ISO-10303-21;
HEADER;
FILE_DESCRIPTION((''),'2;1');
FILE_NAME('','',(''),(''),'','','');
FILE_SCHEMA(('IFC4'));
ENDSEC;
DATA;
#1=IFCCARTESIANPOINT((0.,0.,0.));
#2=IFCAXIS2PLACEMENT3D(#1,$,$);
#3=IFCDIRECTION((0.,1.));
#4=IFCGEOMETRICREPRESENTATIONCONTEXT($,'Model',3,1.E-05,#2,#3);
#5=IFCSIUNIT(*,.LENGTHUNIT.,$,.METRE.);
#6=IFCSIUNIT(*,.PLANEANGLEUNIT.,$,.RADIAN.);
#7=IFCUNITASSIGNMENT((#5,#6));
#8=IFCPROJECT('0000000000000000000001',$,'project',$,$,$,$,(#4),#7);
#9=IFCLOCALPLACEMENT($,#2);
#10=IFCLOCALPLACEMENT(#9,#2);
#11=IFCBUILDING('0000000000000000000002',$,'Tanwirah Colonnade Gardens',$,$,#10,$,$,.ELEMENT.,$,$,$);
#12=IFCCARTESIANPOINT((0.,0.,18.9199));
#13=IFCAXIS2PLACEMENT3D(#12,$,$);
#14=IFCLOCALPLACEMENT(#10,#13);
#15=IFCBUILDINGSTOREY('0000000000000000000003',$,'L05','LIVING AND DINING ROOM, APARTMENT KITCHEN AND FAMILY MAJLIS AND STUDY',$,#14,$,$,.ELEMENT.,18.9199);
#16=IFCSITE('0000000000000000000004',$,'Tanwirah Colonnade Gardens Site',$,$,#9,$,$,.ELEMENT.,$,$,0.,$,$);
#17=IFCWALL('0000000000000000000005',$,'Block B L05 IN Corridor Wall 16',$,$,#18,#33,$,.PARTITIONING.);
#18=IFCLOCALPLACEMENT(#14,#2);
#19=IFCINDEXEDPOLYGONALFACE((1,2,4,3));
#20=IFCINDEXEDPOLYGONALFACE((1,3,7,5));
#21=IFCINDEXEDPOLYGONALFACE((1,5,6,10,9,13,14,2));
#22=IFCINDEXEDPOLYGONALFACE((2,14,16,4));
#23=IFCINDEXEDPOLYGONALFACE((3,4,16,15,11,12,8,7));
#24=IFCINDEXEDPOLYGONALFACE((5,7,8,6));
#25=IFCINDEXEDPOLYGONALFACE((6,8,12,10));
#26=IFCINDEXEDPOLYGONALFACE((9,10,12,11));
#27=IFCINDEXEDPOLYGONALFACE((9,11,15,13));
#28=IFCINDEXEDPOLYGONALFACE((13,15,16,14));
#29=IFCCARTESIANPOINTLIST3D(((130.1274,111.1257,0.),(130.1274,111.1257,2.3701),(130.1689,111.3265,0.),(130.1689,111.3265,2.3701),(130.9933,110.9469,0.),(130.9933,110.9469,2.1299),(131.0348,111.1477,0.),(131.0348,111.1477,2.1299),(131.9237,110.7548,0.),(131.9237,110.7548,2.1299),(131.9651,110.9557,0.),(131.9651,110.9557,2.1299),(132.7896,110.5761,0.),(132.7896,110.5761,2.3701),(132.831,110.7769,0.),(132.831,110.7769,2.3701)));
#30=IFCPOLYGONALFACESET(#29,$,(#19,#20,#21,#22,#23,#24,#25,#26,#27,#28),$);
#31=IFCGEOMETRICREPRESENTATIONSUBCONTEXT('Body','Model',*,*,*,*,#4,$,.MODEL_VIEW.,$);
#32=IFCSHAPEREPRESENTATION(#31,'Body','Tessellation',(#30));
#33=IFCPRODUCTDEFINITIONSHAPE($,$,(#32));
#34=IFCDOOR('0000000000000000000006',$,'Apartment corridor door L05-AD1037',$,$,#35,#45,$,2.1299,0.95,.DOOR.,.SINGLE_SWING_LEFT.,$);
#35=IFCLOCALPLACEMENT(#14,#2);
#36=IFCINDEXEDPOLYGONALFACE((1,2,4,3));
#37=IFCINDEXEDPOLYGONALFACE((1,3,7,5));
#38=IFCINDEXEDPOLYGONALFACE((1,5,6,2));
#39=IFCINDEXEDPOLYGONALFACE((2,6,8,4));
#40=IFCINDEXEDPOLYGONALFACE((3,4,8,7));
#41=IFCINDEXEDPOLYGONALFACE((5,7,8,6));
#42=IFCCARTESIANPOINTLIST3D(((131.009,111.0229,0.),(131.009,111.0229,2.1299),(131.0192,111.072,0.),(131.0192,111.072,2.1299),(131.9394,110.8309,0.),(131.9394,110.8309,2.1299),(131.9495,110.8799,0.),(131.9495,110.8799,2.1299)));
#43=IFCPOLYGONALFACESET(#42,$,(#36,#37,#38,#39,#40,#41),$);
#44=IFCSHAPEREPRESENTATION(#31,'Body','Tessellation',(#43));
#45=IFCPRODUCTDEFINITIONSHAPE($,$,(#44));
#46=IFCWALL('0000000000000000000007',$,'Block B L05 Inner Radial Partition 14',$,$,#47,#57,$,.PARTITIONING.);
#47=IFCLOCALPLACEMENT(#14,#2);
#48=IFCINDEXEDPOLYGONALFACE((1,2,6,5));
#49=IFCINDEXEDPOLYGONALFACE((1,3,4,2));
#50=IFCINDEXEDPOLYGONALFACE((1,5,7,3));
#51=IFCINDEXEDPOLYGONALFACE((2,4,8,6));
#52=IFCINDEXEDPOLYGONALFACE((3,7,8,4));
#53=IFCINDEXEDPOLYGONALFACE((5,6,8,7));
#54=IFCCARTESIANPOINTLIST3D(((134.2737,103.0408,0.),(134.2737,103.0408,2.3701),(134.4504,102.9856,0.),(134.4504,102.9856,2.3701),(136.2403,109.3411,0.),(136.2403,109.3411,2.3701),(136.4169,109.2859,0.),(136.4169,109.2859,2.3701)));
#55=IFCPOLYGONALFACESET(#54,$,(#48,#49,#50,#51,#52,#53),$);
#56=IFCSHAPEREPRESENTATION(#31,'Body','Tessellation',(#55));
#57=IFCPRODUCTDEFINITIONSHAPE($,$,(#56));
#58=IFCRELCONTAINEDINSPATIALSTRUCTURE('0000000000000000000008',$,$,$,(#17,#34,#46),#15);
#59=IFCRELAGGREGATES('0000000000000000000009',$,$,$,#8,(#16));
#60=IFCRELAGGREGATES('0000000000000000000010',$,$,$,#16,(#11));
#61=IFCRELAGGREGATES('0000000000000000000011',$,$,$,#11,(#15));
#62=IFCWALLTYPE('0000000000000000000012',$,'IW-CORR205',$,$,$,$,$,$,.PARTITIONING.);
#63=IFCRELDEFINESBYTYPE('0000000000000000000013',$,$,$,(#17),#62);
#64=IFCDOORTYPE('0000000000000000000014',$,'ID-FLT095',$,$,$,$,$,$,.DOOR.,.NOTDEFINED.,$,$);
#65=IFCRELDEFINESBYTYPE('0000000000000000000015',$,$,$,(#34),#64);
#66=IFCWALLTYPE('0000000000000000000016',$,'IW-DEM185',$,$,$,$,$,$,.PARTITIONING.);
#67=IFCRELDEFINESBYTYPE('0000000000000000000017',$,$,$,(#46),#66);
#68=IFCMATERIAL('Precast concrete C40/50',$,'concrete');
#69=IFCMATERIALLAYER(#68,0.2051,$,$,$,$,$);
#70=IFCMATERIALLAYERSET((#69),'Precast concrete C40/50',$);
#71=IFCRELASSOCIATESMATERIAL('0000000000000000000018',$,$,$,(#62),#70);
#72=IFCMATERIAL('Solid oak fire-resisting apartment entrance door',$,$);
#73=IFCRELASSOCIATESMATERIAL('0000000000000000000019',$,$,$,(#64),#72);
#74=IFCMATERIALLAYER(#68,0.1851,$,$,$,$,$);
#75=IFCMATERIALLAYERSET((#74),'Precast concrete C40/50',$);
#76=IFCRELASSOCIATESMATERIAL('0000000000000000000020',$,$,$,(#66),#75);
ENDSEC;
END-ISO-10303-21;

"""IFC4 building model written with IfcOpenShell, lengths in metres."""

from ifc_helpers import new_model, si_unit, direction, frame, frame_2d, origin, place, context, subcontext, project, spatial, rectangle, extrude, material, layer, layer_set, type_object, element, fill, save


model = new_model("IFC4")

# Units and contexts
model_context = context("Model", 3, precision=1e-05, world=origin(), true_north=direction((0.0, 1.0)))
body_context = subcontext(model_context, "Body", "Model", "MODEL_VIEW")
ifc_project = project(units=[si_unit("LENGTHUNIT", "METRE"), si_unit("PLANEANGLEUNIT", "RADIAN")], contexts=[model_context])

# Site, building, storey
site_placement = place(None, origin())
site = spatial("IfcSite", under=ifc_project, at=site_placement, Name="Tanwirah Colonnade Gardens Site", CompositionType="ELEMENT", RefElevation=0.0)
building_placement = place(site_placement, origin())
building = spatial("IfcBuilding", under=site, at=building_placement, Name="Tanwirah Colonnade Gardens", CompositionType="ELEMENT")
storey_placement = place(building_placement, frame((0.0, 0.0, 18.9199)))
storey = spatial("IfcBuildingStorey", under=building, at=storey_placement, Name="L05", Description="LIVING AND DINING ROOM, APARTMENT KITCHEN AND FAMILY MAJLIS AND STUDY", CompositionType="ELEMENT", Elevation=18.9199)

# Shared definitions
ifc_material_1 = material(Name="Precast concrete C40/50", Category="concrete")

# Wall, opening, door
ifc_layer_1 = layer(ifc_material_1, 0.2051)
ifc_layer_set_1 = layer_set([ifc_layer_1], Name="Precast concrete C40/50")
wall_type_1 = type_object("IfcWallType", Name="IW-CORR205", PredefinedType="PARTITIONING", material=ifc_layer_set_1)
ifc_material_2 = material(Name="Solid oak fire-resisting apartment entrance door")
door_type = type_object("IfcDoorType", Name="ID-FLT095", OperationType="NOTDEFINED", PredefinedType="DOOR", material=ifc_material_2)
wall_1_placement = place(storey_placement, frame((132.8103, 110.6765, 0.0), z_axis=(0.0, 0.0, 1.0), x_axis=(-0.979349, 0.202175, 0.0)))
wall_1 = element("IfcWall", 1, at=wall_1_placement, inside=storey, type_object=wall_type_1, Name="Block B L05 IN Corridor Wall 16", PredefinedType="PARTITIONING", context=body_context, shape_type="SweptSolid", body=[
    extrude(rectangle(XDim=2.7183, YDim=0.2051, at=frame_2d((1.3591, 0.0))), origin(), (0.0, 0.0, 1.0), 2.3701),
])
opening_1_placement = place(wall_1_placement, frame((0.884, 0.0, 0.0)))
opening_1 = element("IfcOpeningElement", 2, at=opening_1_placement, cuts=wall_1, PredefinedType="OPENING", context=body_context, shape_type="SweptSolid", body=[
    extrude(rectangle(XDim=0.95, YDim=2.1299, at=frame_2d((0.4751, 1.0649))), frame((0.0, 0.1125, 0.0), z_axis=(0.0, -1.0, 0.0), x_axis=(1.0, 0.0, 0.0)), (0.0, 0.0, 1.0), 0.2251),
])
door_1_placement = place(opening_1_placement, origin())
door_1 = element("IfcDoor", 3, at=door_1_placement, inside=storey, type_object=door_type, Name="Apartment corridor door L05-AD1037", OperationType="SINGLE_SWING_LEFT", OverallHeight=2.1299, OverallWidth=0.95, PredefinedType="DOOR", context=body_context, shape_type="SweptSolid", body=[
    extrude(rectangle(XDim=0.95, YDim=2.1299, at=frame_2d((0.4751, 1.0649))), frame((0.0, 0.0249, 0.0), z_axis=(0.0, -1.0, 0.0), x_axis=(1.0, 0.0, 0.0)), (0.0, 0.0, 1.0), 0.05),
])
fill(opening_1, door_1)

# Wall
ifc_layer_2 = layer(ifc_material_1, 0.1851)
ifc_layer_set_2 = layer_set([ifc_layer_2], Name="Precast concrete C40/50")
wall_type_2 = type_object("IfcWallType", Name="IW-DEM185", PredefinedType="PARTITIONING", material=ifc_layer_set_2)
wall_2_placement = place(storey_placement, frame((134.3621, 103.0132, 0.0), z_axis=(0.0, 0.0, 1.0), x_axis=(0.297959, 0.954579, 0.0)))
element("IfcWall", 4, at=wall_2_placement, inside=storey, type_object=wall_type_2, Name="Block B L05 Inner Radial Partition 14", PredefinedType="PARTITIONING", context=body_context, shape_type="SweptSolid", body=[
    extrude(rectangle(XDim=6.6001, YDim=0.1851, at=frame_2d((3.3, 0.0))), origin(), (0.0, 0.0, 1.0), 2.3701),
])

save(model, "model.ifc")
